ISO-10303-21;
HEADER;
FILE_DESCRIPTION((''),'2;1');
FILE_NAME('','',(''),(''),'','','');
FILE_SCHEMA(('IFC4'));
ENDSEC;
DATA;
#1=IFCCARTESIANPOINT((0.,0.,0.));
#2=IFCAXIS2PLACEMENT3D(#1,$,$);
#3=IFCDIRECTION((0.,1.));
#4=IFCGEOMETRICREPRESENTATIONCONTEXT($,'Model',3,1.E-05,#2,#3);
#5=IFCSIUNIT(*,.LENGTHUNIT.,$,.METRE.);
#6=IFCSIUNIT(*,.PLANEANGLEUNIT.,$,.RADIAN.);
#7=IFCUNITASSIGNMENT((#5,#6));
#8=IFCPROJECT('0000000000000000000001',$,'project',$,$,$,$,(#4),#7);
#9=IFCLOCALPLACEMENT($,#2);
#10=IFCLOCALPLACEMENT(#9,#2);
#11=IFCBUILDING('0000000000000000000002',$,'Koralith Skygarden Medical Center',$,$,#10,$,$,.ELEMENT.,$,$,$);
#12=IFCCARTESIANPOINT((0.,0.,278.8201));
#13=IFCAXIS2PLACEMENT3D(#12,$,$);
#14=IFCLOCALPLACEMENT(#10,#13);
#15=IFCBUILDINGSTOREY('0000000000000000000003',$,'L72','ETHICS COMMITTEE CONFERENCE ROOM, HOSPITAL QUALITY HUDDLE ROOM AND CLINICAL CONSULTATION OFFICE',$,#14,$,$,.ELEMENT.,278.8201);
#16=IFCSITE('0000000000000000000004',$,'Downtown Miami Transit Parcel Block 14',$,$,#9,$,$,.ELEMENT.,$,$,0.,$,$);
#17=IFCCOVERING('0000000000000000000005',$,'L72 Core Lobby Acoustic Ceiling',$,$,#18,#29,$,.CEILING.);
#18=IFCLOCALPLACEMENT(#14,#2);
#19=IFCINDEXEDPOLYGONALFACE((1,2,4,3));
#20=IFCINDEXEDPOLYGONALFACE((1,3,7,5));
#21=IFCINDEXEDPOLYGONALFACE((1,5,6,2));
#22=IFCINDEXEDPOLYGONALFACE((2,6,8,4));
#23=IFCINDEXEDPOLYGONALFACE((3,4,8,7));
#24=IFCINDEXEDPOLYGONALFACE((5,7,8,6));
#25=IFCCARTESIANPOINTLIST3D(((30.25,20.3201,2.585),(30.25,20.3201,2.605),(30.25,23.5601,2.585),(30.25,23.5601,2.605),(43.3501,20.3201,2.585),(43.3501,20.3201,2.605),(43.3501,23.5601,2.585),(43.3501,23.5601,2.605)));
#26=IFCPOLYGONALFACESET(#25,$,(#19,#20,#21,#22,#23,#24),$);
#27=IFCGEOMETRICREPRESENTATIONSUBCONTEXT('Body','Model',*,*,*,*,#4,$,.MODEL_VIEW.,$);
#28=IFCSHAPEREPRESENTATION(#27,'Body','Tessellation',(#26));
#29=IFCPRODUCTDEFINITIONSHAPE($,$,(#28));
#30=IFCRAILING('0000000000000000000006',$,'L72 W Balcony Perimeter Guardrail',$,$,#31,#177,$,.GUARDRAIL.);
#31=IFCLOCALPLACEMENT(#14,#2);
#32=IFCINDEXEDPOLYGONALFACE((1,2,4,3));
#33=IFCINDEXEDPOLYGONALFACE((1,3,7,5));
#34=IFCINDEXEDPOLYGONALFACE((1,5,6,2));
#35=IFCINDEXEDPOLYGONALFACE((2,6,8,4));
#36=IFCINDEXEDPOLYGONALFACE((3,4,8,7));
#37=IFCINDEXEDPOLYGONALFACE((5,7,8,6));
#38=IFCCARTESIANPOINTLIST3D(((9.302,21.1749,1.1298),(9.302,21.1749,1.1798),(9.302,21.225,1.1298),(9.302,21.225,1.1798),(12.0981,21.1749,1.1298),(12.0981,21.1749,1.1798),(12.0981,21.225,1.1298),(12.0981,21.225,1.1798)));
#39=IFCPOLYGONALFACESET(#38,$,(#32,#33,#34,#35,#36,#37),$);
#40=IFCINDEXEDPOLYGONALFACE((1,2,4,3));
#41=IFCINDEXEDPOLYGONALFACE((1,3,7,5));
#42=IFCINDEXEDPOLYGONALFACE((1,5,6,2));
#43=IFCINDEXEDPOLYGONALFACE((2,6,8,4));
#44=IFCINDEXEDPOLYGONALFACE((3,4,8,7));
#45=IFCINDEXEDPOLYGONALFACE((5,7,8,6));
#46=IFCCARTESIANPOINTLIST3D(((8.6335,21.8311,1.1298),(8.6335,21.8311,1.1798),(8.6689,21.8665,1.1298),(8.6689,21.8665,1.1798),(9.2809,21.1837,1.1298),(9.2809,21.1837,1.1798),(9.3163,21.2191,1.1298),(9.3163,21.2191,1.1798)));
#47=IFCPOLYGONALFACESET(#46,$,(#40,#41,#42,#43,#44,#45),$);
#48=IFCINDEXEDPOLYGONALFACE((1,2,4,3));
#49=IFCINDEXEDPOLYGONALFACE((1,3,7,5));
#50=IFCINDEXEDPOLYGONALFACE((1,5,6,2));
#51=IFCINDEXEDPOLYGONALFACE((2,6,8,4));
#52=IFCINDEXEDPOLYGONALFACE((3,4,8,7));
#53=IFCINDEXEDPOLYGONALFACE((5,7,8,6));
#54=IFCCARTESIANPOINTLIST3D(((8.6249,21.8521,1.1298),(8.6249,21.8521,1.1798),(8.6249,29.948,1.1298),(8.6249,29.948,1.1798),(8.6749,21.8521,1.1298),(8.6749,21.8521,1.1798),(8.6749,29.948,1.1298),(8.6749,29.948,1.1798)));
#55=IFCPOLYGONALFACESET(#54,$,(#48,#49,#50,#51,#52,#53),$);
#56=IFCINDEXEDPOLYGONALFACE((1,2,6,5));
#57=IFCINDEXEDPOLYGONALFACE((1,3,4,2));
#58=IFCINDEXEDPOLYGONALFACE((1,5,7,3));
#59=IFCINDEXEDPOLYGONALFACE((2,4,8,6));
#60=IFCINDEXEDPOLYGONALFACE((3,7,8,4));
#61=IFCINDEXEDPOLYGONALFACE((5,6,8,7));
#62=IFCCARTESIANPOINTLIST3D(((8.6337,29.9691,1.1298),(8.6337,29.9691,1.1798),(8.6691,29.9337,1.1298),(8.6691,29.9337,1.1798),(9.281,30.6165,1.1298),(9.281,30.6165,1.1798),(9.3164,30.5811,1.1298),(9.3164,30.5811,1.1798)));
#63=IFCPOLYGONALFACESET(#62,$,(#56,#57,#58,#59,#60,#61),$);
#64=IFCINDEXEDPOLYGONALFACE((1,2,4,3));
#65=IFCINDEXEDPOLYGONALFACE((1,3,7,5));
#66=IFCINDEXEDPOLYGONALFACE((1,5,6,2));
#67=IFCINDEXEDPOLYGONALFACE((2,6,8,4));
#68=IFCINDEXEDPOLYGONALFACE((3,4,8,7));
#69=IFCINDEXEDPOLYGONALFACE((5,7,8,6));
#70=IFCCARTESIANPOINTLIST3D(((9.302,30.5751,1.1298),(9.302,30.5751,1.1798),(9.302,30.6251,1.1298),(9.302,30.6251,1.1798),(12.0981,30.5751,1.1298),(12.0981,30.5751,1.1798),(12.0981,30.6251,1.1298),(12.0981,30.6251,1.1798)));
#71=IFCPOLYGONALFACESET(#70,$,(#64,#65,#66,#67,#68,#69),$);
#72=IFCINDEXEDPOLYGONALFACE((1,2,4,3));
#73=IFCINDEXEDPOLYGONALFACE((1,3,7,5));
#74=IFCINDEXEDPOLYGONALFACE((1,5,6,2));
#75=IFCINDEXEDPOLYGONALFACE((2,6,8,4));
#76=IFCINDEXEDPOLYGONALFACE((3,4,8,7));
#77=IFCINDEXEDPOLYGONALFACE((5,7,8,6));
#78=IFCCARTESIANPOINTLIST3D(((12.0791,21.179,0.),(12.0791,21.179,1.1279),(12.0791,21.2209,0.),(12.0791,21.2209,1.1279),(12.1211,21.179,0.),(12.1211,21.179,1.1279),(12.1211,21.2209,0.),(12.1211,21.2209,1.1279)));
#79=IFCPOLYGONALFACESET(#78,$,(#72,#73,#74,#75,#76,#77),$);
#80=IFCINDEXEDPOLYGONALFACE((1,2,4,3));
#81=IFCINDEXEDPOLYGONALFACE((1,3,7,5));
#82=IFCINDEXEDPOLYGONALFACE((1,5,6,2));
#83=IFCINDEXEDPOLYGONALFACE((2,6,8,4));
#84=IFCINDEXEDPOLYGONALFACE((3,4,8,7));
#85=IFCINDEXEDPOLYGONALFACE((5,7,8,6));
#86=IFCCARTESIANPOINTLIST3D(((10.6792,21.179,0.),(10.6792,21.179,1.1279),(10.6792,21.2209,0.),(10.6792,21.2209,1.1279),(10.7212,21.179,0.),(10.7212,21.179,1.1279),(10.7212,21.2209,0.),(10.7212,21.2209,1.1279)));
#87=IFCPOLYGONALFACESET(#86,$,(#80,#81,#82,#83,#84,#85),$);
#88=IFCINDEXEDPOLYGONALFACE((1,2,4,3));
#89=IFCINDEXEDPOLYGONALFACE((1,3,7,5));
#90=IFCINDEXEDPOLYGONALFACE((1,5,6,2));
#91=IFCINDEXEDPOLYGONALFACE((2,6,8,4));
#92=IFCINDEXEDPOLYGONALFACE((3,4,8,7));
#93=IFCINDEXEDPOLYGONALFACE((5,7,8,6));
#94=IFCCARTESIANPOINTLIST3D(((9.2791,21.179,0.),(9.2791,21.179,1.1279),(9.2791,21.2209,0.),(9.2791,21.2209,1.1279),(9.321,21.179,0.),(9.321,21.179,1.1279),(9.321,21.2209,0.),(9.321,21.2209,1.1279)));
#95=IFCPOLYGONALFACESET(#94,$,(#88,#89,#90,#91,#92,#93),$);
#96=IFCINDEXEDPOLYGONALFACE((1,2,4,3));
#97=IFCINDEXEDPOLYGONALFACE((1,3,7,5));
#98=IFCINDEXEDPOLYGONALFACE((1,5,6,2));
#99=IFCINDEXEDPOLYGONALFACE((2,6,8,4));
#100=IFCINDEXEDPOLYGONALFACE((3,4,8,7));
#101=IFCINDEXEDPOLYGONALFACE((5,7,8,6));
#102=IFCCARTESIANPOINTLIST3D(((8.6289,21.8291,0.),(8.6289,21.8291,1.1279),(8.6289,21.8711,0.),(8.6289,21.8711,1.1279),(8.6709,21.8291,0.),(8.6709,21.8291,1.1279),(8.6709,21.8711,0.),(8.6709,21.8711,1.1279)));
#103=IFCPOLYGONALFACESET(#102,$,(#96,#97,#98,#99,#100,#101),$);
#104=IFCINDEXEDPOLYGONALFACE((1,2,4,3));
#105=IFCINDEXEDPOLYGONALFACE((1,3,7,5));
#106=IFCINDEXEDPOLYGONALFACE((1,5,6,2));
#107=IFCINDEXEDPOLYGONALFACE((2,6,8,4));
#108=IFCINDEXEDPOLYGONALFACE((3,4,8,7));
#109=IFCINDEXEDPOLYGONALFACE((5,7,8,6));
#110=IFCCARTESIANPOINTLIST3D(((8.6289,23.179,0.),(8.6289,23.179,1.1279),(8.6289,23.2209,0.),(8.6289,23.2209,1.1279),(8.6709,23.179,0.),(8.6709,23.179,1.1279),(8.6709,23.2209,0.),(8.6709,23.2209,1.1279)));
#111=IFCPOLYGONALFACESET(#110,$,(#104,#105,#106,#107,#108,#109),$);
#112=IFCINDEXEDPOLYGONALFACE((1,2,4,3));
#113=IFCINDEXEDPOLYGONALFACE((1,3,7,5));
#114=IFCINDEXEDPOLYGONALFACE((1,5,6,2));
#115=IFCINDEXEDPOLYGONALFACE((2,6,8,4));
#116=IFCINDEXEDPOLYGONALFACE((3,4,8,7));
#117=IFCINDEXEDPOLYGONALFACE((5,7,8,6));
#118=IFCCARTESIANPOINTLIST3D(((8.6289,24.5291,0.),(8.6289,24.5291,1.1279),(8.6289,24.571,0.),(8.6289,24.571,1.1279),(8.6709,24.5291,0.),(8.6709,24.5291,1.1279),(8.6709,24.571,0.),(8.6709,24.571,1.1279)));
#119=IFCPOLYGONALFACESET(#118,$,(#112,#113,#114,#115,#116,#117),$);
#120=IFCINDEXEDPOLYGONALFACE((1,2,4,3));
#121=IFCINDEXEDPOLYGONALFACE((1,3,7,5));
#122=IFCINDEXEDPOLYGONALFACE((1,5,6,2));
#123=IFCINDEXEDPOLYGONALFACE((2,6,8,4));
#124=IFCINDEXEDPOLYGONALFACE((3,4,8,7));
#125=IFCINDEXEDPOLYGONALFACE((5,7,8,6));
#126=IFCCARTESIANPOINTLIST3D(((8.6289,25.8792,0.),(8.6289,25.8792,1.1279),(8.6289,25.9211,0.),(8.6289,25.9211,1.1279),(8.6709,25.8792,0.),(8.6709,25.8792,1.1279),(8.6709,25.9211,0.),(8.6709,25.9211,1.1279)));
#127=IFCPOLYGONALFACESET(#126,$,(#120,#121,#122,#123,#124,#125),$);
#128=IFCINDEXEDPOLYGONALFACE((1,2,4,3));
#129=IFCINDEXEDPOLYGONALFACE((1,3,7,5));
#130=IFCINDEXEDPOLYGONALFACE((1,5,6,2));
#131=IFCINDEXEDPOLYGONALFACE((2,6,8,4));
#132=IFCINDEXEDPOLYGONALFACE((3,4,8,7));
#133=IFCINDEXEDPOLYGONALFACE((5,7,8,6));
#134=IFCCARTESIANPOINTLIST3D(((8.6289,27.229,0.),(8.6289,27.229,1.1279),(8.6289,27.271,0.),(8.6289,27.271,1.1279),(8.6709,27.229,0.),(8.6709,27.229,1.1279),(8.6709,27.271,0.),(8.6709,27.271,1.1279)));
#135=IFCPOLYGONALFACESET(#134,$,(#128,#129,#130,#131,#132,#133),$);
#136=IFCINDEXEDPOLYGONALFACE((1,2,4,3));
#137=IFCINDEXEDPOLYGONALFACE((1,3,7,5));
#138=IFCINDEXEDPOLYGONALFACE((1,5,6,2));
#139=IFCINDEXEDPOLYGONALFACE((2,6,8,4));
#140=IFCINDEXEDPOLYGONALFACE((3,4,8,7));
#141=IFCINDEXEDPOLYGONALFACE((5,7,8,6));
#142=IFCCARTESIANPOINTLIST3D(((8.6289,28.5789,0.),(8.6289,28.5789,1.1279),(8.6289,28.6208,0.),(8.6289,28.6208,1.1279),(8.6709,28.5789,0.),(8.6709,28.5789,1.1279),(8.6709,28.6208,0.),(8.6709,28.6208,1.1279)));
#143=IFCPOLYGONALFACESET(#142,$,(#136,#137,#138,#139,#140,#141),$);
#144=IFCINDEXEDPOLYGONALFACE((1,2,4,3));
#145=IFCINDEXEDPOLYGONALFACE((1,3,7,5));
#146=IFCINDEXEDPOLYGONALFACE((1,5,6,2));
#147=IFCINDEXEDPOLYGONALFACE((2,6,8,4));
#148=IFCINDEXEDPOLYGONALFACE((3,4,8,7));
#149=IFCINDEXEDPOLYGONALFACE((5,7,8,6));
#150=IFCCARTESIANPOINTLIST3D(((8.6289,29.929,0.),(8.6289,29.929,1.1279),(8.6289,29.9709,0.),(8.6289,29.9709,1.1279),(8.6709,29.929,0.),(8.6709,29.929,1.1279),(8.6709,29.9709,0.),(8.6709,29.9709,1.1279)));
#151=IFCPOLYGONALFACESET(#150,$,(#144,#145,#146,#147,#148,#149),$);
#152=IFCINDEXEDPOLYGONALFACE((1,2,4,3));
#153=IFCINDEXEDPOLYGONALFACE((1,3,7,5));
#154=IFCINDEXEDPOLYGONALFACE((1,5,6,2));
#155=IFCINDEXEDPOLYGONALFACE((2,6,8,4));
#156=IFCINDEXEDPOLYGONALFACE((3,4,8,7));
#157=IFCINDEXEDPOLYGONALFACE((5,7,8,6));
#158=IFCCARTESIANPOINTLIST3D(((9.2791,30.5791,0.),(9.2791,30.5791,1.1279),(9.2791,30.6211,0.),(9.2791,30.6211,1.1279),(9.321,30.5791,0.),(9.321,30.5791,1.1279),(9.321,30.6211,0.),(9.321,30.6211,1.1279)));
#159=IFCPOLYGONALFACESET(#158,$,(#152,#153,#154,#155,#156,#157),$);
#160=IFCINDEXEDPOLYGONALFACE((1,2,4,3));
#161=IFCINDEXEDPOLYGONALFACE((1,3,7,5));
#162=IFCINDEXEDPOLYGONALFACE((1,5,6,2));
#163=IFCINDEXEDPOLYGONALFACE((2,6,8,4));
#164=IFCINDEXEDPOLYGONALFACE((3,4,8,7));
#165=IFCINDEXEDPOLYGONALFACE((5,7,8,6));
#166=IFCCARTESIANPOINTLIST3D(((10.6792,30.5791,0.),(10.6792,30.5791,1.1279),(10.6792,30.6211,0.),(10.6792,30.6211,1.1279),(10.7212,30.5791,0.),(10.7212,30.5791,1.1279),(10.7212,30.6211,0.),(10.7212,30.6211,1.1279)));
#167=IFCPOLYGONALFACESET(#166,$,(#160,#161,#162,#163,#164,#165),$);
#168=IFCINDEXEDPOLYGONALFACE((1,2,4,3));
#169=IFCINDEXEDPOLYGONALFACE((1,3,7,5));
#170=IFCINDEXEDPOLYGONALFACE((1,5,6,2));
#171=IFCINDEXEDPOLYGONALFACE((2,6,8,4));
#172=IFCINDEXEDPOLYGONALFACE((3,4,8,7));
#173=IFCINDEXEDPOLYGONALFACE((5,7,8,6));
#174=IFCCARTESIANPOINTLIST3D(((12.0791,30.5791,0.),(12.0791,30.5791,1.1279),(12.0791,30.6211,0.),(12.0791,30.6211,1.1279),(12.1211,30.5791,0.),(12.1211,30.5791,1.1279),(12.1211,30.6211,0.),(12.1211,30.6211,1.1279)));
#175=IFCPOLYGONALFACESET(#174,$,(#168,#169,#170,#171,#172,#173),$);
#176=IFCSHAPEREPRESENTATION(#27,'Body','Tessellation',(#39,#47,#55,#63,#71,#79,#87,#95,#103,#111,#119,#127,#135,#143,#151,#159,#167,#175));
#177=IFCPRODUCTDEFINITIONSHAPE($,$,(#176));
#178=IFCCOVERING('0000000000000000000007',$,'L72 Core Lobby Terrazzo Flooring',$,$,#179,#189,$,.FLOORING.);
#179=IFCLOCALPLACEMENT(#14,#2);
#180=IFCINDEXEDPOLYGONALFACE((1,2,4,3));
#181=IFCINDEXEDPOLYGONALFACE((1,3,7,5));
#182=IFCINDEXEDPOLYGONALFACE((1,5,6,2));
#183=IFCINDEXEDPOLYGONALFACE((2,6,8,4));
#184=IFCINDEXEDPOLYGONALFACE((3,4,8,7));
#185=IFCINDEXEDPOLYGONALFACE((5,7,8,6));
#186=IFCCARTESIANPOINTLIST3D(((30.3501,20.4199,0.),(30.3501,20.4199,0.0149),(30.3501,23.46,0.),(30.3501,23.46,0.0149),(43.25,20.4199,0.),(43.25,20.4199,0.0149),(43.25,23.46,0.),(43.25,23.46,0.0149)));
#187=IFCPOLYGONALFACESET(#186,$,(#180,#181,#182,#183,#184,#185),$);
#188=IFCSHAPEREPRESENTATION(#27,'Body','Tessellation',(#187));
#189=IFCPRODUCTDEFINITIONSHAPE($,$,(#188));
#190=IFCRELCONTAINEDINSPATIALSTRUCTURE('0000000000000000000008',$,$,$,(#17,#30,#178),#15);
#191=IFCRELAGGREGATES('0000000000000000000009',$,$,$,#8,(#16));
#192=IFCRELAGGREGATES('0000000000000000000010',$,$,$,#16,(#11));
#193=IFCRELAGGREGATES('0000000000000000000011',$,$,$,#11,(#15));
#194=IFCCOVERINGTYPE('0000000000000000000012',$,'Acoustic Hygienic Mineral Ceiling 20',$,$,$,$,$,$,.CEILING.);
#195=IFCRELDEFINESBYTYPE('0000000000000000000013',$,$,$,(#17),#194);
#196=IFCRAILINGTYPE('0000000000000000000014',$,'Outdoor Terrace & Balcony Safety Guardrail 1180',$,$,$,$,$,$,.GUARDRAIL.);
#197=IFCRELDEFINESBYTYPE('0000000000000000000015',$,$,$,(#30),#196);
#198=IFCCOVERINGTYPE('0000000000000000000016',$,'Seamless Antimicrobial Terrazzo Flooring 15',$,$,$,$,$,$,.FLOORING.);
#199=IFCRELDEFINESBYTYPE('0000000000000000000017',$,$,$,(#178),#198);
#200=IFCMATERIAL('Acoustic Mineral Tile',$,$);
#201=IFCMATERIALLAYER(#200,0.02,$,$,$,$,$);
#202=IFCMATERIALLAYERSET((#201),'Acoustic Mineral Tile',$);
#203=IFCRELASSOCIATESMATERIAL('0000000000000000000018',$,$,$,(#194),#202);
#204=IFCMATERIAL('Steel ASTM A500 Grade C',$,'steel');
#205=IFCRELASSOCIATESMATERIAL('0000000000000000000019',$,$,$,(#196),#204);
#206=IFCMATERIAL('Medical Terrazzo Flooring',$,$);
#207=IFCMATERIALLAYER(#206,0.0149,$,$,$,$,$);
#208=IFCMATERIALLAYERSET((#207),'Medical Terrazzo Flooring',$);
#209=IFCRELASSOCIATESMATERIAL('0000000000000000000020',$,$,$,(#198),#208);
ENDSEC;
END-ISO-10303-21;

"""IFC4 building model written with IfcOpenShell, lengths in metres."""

from ifc_helpers import new_model, si_unit, direction, frame, origin, origin_2d, place, context, subcontext, project, spatial, polyline, rectangle, outline, extrude, material, layer, layer_set, type_object, element, save


model = new_model("IFC4")

# Units and contexts
model_context = context("Model", 3, precision=1e-05, world=origin(), true_north=direction((0.0, 1.0)))
body_context = subcontext(model_context, "Body", "Model", "MODEL_VIEW")
ifc_project = project(units=[si_unit("LENGTHUNIT", "METRE"), si_unit("PLANEANGLEUNIT", "RADIAN")], contexts=[model_context])

# Site, building, storey
site_placement = place(None, origin())
site = spatial("IfcSite", under=ifc_project, at=site_placement, Name="Downtown Miami Transit Parcel Block 14", CompositionType="ELEMENT", RefElevation=0.0)
building_placement = place(site_placement, origin())
building = spatial("IfcBuilding", under=site, at=building_placement, Name="Koralith Skygarden Medical Center", CompositionType="ELEMENT")
storey_placement = place(building_placement, frame((0.0, 0.0, 278.8201)))
storey = spatial("IfcBuildingStorey", under=building, at=storey_placement, Name="L72", Description="ETHICS COMMITTEE CONFERENCE ROOM, HOSPITAL QUALITY HUDDLE ROOM AND CLINICAL CONSULTATION OFFICE", CompositionType="ELEMENT", Elevation=278.8201)

# Covering
ifc_material_1 = material(Name="Acoustic Mineral Tile")
ifc_layer_1 = layer(ifc_material_1, 0.02)
ifc_layer_set_1 = layer_set([ifc_layer_1], Name="Acoustic Mineral Tile")
covering_type_1 = type_object("IfcCoveringType", Name="Acoustic Hygienic Mineral Ceiling 20", PredefinedType="CEILING", material=ifc_layer_set_1)
covering_1_placement = place(storey_placement, frame((0.0, 0.0, 2.585)))
element("IfcCovering", 1, at=covering_1_placement, inside=storey, type_object=covering_type_1, Name="L72 Core Lobby Acoustic Ceiling", PredefinedType="CEILING", context=body_context, shape_type="SweptSolid", body=[
    extrude(outline(polyline([(30.25, 20.3201), (43.3501, 20.3201), (43.3501, 23.5601), (30.25, 23.5601), (30.25, 20.3201)])), origin(), (0.0, 0.0, 1.0), 0.02),
])

# Railing
ifc_material_2 = material(Name="Steel ASTM A500 Grade C", Category="steel")
railing_type = type_object("IfcRailingType", Name="Outdoor Terrace & Balcony Safety Guardrail 1180", PredefinedType="GUARDRAIL", material=ifc_material_2)
railing_placement = place(storey_placement, frame((12.1001, 21.2, 0.0)))
element("IfcRailing", 2, at=railing_placement, inside=storey, type_object=railing_type, Name="L72 W Balcony Perimeter Guardrail", PredefinedType="GUARDRAIL", context=body_context, shape_type="SweptSolid", body=[
    extrude(rectangle(XDim=0.05, YDim=0.05, at=origin_2d()), frame((-0.002, 0.0, 1.1548), z_axis=(-1.0, 0.0, 0.0), x_axis=(0.0, -1.0, 0.0)), (0.0, 0.0, 1.0), 2.7961),
    extrude(rectangle(XDim=0.05, YDim=0.05, at=origin_2d()), frame((-2.8015, 0.0015, 1.1548), z_axis=(-0.707107, 0.707107, 0.0), x_axis=(-0.707107, -0.707107, 0.0)), (0.0, 0.0, 1.0), 0.9155),
    extrude(rectangle(XDim=0.05, YDim=0.05, at=origin_2d()), frame((-3.4502, 0.6521, 1.1548), z_axis=(0.0, 1.0, 0.0), x_axis=(-1.0, 0.0, 0.0)), (0.0, 0.0, 1.0), 8.0959),
    extrude(rectangle(XDim=0.05, YDim=0.05, at=origin_2d()), frame((-3.4487, 8.7515, 1.1548), z_axis=(0.707107, 0.707107, 0.0), x_axis=(-0.707107, 0.707107, 0.0)), (0.0, 0.0, 1.0), 0.9155),
    extrude(rectangle(XDim=0.05, YDim=0.05, at=origin_2d()), frame((-2.7981, 9.4001, 1.1548), z_axis=(1.0, 0.0, 0.0), x_axis=(0.0, 1.0, 0.0)), (0.0, 0.0, 1.0), 2.7961),
    extrude(rectangle(XDim=0.042, YDim=0.042, at=origin_2d()), origin(), (0.0, 0.0, 1.0), 1.1279),
    extrude(rectangle(XDim=0.042, YDim=0.042, at=origin_2d()), frame((-1.3999, 0.0, 0.0)), (0.0, 0.0, 1.0), 1.1279),
    extrude(rectangle(XDim=0.042, YDim=0.042, at=origin_2d()), frame((-2.8, 0.0, 0.0)), (0.0, 0.0, 1.0), 1.1279),
    extrude(rectangle(XDim=0.042, YDim=0.042, at=origin_2d()), frame((-3.4502, 0.6501, 0.0)), (0.0, 0.0, 1.0), 1.1279),
    extrude(rectangle(XDim=0.042, YDim=0.042, at=origin_2d()), frame((-3.4502, 2.0, 0.0)), (0.0, 0.0, 1.0), 1.1279),
    extrude(rectangle(XDim=0.042, YDim=0.042, at=origin_2d()), frame((-3.4502, 3.3501, 0.0)), (0.0, 0.0, 1.0), 1.1279),
    extrude(rectangle(XDim=0.042, YDim=0.042, at=origin_2d()), frame((-3.4502, 4.7002, 0.0)), (0.0, 0.0, 1.0), 1.1279),
    extrude(rectangle(XDim=0.042, YDim=0.042, at=origin_2d()), frame((-3.4502, 6.05, 0.0)), (0.0, 0.0, 1.0), 1.1279),
    extrude(rectangle(XDim=0.042, YDim=0.042, at=origin_2d()), frame((-3.4502, 7.3999, 0.0)), (0.0, 0.0, 1.0), 1.1279),
    extrude(rectangle(XDim=0.042, YDim=0.042, at=origin_2d()), frame((-3.4502, 8.75, 0.0)), (0.0, 0.0, 1.0), 1.1279),
    extrude(rectangle(XDim=0.042, YDim=0.042, at=origin_2d()), frame((-2.8, 9.4001, 0.0)), (0.0, 0.0, 1.0), 1.1279),
    extrude(rectangle(XDim=0.042, YDim=0.042, at=origin_2d()), frame((-1.3999, 9.4001, 0.0)), (0.0, 0.0, 1.0), 1.1279),
    extrude(rectangle(XDim=0.042, YDim=0.042, at=origin_2d()), frame((0.0, 9.4001, 0.0)), (0.0, 0.0, 1.0), 1.1279),
])

# Covering
ifc_material_3 = material(Name="Medical Terrazzo Flooring")
ifc_layer_2 = layer(ifc_material_3, 0.0149)
ifc_layer_set_2 = layer_set([ifc_layer_2], Name="Medical Terrazzo Flooring")
covering_type_2 = type_object("IfcCoveringType", Name="Seamless Antimicrobial Terrazzo Flooring 15", PredefinedType="FLOORING", material=ifc_layer_set_2)
covering_2_placement = place(storey_placement, origin())
element("IfcCovering", 3, at=covering_2_placement, inside=storey, type_object=covering_type_2, Name="L72 Core Lobby Terrazzo Flooring", PredefinedType="FLOORING", context=body_context, shape_type="SweptSolid", body=[
    extrude(outline(polyline([(30.3501, 20.4199), (43.25, 20.4199), (43.25, 23.46), (30.3501, 23.46), (30.3501, 20.4199)])), origin(), (0.0, 0.0, 1.0), 0.0149),
])

save(model, "model.ifc")
